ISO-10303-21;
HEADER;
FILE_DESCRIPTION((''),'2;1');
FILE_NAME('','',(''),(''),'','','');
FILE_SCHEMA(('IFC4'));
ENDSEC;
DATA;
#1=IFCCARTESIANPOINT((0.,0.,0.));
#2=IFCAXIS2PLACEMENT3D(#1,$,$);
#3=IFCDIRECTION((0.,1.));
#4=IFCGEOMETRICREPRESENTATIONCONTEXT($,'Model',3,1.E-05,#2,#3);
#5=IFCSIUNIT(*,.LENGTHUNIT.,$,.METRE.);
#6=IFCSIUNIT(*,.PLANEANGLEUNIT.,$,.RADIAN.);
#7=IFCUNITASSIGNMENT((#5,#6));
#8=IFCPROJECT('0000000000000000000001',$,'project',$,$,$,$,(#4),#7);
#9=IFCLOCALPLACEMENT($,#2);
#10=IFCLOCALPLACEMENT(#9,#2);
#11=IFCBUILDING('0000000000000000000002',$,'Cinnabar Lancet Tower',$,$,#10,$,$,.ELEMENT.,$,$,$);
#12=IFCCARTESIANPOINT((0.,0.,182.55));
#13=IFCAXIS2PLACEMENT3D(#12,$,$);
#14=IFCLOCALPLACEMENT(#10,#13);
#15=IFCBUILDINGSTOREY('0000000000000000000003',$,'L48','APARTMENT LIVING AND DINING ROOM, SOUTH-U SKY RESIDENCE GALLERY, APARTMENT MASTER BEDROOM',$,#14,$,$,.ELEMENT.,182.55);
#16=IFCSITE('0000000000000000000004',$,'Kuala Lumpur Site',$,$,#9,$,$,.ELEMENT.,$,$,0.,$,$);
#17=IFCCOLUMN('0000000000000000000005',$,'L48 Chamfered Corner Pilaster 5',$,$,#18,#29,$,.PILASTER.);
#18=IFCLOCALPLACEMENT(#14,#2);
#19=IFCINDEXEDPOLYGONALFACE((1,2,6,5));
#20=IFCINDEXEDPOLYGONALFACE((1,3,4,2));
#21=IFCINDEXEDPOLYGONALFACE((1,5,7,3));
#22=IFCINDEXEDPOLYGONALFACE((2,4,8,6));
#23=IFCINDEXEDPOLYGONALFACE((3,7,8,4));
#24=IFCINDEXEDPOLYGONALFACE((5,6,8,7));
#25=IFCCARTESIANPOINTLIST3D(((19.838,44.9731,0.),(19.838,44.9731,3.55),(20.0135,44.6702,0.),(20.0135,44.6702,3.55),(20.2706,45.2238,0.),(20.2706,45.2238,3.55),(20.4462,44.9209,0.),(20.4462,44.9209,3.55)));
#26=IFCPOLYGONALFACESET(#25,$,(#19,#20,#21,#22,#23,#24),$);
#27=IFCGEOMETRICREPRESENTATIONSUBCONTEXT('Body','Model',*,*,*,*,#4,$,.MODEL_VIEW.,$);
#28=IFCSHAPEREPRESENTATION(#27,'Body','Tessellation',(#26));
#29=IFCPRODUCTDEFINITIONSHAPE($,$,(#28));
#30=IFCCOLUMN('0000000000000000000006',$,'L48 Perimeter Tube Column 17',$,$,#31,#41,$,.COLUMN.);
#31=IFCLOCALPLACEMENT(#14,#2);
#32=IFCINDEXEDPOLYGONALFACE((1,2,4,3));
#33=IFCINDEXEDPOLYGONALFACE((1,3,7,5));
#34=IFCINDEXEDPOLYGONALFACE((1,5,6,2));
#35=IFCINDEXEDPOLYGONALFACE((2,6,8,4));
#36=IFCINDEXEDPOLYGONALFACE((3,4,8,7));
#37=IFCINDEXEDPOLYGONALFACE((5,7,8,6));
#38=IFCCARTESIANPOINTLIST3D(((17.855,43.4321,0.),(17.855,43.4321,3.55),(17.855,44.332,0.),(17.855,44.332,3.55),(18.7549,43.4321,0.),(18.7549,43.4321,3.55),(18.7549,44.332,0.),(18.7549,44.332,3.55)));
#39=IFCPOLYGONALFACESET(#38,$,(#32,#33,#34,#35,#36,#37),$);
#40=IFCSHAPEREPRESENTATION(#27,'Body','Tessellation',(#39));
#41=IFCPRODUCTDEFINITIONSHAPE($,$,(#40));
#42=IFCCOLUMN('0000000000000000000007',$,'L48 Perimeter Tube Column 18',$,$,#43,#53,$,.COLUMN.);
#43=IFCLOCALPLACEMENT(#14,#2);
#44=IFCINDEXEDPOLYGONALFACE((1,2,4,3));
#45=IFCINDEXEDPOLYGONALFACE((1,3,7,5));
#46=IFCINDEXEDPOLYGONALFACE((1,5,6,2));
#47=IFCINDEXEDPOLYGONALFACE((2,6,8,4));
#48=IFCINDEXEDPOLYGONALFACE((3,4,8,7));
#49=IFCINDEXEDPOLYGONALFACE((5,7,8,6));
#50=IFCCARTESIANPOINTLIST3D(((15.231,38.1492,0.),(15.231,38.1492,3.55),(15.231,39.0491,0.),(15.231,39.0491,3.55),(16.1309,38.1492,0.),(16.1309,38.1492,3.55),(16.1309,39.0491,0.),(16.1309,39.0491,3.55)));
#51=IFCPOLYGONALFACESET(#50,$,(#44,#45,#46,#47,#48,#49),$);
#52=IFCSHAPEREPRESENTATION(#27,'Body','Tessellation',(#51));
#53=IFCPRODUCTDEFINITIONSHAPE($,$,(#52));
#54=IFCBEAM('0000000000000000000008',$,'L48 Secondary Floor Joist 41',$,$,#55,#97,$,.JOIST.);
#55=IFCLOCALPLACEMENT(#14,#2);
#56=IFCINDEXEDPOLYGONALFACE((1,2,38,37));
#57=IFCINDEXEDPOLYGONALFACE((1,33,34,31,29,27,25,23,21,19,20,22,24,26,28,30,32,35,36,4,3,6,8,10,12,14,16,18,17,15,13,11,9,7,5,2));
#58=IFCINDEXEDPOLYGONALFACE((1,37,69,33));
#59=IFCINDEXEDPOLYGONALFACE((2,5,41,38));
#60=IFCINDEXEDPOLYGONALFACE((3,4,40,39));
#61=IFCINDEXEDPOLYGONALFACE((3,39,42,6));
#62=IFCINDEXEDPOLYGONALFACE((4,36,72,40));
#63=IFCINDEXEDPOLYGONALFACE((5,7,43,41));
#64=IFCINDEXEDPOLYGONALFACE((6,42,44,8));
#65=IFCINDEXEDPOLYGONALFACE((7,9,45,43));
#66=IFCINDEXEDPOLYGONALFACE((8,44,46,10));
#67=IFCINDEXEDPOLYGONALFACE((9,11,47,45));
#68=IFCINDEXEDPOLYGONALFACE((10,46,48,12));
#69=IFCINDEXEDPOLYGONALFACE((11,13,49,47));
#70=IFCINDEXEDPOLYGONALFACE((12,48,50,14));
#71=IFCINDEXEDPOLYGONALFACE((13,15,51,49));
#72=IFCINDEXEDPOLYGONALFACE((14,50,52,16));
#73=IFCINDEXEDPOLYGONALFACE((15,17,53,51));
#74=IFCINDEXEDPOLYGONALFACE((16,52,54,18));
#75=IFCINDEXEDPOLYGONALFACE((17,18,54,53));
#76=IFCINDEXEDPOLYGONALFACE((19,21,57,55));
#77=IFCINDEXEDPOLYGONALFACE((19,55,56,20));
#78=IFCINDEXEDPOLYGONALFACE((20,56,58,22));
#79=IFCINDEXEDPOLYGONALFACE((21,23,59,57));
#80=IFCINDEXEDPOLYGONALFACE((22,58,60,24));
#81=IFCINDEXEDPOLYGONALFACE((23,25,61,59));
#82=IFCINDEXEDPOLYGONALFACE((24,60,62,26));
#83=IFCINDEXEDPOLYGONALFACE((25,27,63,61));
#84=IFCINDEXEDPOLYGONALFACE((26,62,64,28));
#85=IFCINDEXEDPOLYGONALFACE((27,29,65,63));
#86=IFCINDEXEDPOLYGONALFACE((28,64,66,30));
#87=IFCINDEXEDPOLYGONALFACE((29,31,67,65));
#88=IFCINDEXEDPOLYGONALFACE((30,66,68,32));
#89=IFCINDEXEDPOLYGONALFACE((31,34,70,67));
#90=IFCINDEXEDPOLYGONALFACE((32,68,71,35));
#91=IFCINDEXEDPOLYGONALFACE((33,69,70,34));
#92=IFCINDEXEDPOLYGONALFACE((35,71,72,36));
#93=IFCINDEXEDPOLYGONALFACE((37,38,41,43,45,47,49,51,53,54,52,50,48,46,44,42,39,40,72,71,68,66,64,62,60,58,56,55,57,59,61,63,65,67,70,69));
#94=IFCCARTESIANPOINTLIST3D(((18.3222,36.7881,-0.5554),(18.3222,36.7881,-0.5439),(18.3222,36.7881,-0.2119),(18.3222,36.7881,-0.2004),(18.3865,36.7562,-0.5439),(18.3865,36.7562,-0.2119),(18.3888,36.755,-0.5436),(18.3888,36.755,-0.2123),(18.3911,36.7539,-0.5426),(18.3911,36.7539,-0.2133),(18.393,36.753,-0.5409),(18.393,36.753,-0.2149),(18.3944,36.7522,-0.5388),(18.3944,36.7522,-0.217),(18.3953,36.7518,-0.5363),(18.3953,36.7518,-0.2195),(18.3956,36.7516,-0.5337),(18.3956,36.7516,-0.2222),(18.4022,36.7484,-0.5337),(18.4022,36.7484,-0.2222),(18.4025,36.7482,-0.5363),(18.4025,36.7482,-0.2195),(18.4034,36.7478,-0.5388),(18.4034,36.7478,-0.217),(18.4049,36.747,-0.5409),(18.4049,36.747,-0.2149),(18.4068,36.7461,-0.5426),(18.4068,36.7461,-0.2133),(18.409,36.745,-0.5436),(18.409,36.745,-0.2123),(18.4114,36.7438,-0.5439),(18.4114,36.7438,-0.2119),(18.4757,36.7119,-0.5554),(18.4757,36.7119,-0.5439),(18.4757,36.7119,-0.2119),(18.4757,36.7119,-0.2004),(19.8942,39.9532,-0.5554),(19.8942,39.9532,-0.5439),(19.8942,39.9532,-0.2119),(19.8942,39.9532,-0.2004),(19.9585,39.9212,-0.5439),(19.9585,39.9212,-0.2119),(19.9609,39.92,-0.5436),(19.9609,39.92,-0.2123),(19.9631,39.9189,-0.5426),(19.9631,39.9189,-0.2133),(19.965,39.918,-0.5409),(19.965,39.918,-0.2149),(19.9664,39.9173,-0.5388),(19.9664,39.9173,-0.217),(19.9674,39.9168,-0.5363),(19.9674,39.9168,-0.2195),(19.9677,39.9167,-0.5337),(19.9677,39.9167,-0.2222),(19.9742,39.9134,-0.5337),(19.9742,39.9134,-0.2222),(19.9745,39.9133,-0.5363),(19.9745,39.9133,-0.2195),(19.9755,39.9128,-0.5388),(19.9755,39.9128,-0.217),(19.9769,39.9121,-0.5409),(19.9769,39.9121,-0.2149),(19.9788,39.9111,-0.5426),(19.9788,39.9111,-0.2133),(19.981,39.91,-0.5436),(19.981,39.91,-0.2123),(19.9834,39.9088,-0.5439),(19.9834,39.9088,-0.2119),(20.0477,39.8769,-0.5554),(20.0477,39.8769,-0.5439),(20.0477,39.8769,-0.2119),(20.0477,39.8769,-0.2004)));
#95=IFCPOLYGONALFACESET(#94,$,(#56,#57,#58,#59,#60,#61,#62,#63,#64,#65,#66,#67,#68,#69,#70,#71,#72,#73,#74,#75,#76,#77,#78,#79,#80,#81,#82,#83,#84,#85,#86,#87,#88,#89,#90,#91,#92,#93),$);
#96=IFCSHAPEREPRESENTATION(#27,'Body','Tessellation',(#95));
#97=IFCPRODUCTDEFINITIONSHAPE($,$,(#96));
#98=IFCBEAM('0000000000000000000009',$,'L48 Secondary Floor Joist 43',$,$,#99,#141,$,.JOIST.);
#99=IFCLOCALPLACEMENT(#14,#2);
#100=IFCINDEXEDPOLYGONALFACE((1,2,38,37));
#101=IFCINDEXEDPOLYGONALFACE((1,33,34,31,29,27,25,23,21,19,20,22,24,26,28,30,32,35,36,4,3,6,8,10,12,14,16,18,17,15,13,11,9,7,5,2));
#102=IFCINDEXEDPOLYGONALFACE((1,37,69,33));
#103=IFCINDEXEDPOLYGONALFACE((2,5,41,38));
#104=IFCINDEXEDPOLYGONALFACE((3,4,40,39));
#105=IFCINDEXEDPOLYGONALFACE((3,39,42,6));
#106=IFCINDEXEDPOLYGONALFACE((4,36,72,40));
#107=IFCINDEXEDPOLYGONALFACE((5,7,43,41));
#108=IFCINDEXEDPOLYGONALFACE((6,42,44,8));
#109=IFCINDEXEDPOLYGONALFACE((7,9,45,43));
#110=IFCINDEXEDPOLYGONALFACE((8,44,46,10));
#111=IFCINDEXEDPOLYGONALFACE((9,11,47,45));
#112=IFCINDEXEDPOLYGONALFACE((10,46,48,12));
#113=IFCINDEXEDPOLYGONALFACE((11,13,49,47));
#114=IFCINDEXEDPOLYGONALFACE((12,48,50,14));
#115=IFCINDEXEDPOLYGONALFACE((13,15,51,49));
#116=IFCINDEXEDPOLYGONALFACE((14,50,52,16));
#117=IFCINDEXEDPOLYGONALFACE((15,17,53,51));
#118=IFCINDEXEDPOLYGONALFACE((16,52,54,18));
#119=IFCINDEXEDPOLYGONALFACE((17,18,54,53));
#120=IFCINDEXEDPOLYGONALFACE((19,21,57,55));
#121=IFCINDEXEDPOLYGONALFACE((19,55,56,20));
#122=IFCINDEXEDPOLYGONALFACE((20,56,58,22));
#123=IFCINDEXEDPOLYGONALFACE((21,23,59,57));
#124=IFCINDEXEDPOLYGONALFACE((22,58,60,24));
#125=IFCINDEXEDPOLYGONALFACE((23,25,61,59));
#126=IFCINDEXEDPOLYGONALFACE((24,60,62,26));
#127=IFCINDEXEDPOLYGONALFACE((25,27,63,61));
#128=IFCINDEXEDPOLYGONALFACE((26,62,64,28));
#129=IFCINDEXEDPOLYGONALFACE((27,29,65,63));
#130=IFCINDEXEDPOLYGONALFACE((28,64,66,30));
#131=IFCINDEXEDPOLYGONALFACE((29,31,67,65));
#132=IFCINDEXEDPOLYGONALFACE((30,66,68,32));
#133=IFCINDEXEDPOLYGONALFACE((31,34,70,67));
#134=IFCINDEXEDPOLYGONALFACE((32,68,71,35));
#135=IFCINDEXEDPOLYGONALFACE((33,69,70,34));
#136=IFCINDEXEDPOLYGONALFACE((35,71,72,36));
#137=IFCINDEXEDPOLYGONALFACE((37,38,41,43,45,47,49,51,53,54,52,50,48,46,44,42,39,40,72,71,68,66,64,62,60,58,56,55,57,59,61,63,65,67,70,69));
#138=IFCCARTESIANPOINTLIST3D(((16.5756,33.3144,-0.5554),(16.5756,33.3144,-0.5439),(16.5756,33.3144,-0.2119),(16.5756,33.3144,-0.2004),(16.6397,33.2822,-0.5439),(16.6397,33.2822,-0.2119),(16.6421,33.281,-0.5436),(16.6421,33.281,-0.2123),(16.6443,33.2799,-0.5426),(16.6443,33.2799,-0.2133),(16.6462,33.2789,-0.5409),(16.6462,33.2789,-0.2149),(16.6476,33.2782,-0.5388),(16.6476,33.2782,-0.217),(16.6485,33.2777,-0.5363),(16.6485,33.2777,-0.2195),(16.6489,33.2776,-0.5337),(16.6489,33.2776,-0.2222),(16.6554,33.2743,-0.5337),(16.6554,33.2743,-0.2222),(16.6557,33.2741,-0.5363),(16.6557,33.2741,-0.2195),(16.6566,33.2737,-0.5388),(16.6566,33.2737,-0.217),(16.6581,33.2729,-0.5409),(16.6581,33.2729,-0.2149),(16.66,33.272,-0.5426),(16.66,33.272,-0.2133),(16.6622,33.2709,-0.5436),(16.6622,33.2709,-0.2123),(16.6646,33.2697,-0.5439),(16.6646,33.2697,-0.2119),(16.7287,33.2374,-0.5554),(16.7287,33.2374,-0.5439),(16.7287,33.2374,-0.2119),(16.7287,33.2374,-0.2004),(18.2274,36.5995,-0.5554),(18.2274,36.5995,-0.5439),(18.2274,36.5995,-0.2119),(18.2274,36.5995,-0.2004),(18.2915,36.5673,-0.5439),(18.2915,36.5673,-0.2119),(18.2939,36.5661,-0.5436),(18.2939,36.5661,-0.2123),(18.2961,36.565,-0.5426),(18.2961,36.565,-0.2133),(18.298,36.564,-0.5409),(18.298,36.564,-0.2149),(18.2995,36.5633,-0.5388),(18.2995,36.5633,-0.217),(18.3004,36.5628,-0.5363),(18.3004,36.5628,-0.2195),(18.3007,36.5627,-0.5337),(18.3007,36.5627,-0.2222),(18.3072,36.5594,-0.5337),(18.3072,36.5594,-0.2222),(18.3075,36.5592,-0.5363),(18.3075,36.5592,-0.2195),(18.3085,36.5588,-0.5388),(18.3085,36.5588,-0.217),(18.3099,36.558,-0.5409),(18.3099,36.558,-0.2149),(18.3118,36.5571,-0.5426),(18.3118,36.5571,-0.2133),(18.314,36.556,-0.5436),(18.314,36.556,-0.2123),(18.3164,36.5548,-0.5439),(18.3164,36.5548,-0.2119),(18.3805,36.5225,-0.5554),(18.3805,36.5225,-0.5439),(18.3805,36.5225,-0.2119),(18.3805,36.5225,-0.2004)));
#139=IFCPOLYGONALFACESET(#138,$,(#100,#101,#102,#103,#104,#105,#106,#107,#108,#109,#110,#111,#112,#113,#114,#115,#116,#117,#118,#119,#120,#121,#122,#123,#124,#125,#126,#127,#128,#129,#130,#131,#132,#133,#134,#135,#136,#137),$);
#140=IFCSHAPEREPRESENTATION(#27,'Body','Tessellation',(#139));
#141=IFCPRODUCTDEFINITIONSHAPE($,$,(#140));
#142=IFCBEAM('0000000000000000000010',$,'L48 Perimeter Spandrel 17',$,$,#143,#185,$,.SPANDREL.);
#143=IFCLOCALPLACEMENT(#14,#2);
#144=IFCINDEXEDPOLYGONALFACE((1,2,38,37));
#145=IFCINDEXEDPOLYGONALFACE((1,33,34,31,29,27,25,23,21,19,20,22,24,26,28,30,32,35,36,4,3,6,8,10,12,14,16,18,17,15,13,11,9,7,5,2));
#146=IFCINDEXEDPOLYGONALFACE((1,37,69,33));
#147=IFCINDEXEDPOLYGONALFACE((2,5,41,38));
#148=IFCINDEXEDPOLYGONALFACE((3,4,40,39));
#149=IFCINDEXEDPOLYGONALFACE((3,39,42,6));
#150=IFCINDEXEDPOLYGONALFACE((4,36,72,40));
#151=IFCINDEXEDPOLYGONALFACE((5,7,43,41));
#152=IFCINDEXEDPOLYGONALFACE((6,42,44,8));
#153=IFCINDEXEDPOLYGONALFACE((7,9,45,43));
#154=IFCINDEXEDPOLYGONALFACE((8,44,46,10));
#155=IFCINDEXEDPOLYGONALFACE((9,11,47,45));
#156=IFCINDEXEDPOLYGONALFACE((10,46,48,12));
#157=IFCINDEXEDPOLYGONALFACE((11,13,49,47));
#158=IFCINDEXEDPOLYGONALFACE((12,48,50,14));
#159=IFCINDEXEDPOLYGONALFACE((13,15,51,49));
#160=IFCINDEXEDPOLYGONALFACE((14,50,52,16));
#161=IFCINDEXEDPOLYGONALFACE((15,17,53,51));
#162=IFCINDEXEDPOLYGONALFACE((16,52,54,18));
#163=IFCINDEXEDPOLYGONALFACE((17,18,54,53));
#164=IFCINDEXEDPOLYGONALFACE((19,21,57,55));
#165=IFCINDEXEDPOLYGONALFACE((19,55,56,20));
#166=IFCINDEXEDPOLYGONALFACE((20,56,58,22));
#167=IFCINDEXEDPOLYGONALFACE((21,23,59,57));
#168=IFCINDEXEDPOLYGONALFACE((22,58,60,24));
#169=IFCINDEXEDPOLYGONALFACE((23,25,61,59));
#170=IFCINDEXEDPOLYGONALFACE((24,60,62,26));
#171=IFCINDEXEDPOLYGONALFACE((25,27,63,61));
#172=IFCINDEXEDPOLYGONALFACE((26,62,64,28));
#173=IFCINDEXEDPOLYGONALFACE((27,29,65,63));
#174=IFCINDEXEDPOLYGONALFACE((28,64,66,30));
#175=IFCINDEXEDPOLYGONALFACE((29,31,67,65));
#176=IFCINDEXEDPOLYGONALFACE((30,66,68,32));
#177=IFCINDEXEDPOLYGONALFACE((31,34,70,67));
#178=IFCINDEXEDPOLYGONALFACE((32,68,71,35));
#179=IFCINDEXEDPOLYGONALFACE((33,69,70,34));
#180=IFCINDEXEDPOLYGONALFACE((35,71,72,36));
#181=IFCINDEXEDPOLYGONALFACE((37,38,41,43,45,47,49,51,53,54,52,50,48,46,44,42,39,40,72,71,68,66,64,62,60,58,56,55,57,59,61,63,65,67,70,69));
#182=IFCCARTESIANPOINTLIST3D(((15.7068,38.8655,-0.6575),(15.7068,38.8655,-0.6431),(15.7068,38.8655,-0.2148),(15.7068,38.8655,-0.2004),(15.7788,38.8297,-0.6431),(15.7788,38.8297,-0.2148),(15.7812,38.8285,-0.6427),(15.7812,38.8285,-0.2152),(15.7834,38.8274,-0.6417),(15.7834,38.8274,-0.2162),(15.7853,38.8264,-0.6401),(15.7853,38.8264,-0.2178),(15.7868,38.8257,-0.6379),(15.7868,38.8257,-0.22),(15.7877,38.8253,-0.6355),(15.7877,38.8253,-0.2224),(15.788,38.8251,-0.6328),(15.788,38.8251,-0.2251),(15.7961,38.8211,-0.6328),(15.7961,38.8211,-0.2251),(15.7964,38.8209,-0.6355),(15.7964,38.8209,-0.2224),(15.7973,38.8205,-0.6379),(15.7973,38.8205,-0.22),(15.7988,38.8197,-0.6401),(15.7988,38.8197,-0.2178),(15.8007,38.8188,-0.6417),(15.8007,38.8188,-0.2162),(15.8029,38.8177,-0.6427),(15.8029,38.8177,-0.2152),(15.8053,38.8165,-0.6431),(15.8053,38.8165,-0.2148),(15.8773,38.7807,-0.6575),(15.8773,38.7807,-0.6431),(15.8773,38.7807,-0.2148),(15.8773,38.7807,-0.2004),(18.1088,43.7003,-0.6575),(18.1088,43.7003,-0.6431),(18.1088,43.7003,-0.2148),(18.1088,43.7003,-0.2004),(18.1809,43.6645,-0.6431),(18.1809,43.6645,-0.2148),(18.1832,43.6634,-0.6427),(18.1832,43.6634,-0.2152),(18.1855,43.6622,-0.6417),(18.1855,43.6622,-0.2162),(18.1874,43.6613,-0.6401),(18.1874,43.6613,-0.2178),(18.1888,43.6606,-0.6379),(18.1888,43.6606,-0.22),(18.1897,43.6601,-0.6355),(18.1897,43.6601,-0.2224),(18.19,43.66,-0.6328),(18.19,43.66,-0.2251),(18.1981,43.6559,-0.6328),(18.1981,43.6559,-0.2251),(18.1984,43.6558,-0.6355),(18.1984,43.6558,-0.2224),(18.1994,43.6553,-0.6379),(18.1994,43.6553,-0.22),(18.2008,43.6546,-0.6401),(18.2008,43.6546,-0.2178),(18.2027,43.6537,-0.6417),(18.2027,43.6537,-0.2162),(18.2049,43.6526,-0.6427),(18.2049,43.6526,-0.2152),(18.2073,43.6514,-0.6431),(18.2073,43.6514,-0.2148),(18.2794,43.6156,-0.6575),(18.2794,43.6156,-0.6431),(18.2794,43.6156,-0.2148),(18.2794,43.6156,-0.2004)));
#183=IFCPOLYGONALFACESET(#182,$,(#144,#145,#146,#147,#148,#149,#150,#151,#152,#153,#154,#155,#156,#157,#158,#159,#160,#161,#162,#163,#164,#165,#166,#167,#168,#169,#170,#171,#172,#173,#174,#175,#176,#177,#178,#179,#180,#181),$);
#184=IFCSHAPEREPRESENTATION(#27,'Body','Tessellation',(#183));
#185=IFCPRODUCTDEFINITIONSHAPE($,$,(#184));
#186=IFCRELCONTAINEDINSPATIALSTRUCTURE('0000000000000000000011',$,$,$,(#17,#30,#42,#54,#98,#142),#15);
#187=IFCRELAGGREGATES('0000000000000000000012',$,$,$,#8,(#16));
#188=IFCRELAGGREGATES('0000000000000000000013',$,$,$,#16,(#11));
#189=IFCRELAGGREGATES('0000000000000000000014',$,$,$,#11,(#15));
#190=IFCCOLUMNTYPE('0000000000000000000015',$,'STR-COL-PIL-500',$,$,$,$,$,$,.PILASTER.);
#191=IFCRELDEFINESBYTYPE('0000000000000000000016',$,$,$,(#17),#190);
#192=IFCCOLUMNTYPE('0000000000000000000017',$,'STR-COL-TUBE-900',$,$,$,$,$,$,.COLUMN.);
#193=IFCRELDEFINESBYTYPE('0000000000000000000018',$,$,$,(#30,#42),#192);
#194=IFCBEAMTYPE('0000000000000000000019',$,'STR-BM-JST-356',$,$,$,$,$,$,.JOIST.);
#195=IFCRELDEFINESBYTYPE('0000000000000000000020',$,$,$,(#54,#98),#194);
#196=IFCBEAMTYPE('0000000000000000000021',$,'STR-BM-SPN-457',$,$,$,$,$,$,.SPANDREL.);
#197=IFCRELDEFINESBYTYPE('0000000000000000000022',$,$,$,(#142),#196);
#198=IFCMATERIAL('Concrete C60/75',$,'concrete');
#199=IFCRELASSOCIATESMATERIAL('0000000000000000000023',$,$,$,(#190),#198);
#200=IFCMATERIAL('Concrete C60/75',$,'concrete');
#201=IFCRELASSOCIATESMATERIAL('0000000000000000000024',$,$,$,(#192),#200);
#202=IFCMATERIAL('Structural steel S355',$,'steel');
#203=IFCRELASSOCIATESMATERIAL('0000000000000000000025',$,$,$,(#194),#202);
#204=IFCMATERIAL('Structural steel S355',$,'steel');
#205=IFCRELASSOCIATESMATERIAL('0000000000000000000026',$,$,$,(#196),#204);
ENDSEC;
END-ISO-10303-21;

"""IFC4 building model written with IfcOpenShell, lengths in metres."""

from ifc_helpers import new_model, si_unit, direction, frame, origin, origin_2d, place, context, subcontext, project, spatial, rectangle, i_section, extrude, material, material_profile, profile_set, type_object, element, save


model = new_model("IFC4")

# Units and contexts
model_context = context("Model", 3, precision=1e-05, world=origin(), true_north=direction((0.0, 1.0)))
body_context = subcontext(model_context, "Body", "Model", "MODEL_VIEW")
ifc_project = project(units=[si_unit("LENGTHUNIT", "METRE"), si_unit("PLANEANGLEUNIT", "RADIAN")], contexts=[model_context])

# Site, building, storey
site_placement = place(None, origin())
site = spatial("IfcSite", under=ifc_project, at=site_placement, Name="Kuala Lumpur Site", CompositionType="ELEMENT", RefElevation=0.0)
building_placement = place(site_placement, origin())
building = spatial("IfcBuilding", under=site, at=building_placement, Name="Cinnabar Lancet Tower", CompositionType="ELEMENT")
storey_placement = place(building_placement, frame((0.0, 0.0, 182.55)))
storey = spatial("IfcBuildingStorey", under=building, at=storey_placement, Name="L48", Description="APARTMENT LIVING AND DINING ROOM, SOUTH-U SKY RESIDENCE GALLERY, APARTMENT MASTER BEDROOM", CompositionType="ELEMENT", Elevation=182.55)

# Columns
ifc_material_1 = material(Name="Concrete C60/75", Category="concrete")
ifc_material_profile_1 = material_profile(ifc_material_1, rectangle(XDim=0.5, YDim=0.3501, at=origin_2d()), Name="RC-PIL 500x350")
ifc_profile_set_1 = profile_set([ifc_material_profile_1], Name="Concrete C60/75")
column_type_1 = type_object("IfcColumnType", Name="STR-COL-PIL-500", PredefinedType="PILASTER", material=ifc_profile_set_1)
column_placement = place(storey_placement, frame((20.1421, 44.947, 0.0), z_axis=(0.0, 0.0, 1.0), x_axis=(-0.86523, -0.501375, 0.0)))
element("IfcColumn", 1, at=column_placement, inside=storey, type_object=column_type_1, Name="L48 Chamfered Corner Pilaster 5", PredefinedType="PILASTER", context=body_context, shape_type="SweptSolid", body=[
    extrude(rectangle(XDim=0.5, YDim=0.3501, at=origin_2d()), origin(), (0.0, 0.0, 1.0), 3.55),
])
ifc_material_2 = material(Name="Concrete C60/75", Category="concrete")
ifc_material_profile_2 = material_profile(ifc_material_2, rectangle(XDim=0.8999, YDim=0.8999, at=origin_2d()), Name="RC-COL 900x900")
ifc_profile_set_2 = profile_set([ifc_material_profile_2], Name="Concrete C60/75")
column_type_2 = type_object("IfcColumnType", Name="STR-COL-TUBE-900", PredefinedType="COLUMN", material=ifc_profile_set_2)
for number, where, z_axis, x_axis, name in (
    (2, (18.3049, 43.8821, 0.0), (0.0, 0.0, 1.0), (1.0, 0.0, 0.0), "L48 Perimeter Tube Column 17"),
    (3, (15.6809, 38.5991, 0.0), (0.0, 0.0, 1.0), (1.0, 0.0, 0.0), "L48 Perimeter Tube Column 18"),
):
    element("IfcColumn", number, at=place(storey_placement, frame(where, z_axis=z_axis, x_axis=x_axis)), inside=storey, type_object=column_type_2, Name=name, PredefinedType="COLUMN", context=body_context, shape_type="SweptSolid", body=[
        extrude(rectangle(XDim=0.8999, YDim=0.8999, at=origin_2d()), origin(), (0.0, 0.0, 1.0), 3.55),
    ])

# Beams
ifc_material_3 = material(Name="Structural steel S355", Category="steel")
ifc_material_profile_3 = material_profile(ifc_material_3, i_section(OverallWidth=0.1714, OverallDepth=0.355, WebThickness=0.0073, FlangeThickness=0.0115, FilletRadius=0.0103, at=origin_2d()), Name="UKB 356x171x51")
ifc_profile_set_3 = profile_set([ifc_material_profile_3], Name="Structural steel S355")
beam_type_1 = type_object("IfcBeamType", Name="STR-BM-JST-356", PredefinedType="JOIST", material=ifc_profile_set_3)
beam_1_placement = place(storey_placement, frame((19.9709, 39.915, -0.3779), z_axis=(-0.444836, -0.895612, 0.0), x_axis=(0.895612, -0.444836, 0.0)))
element("IfcBeam", 4, at=beam_1_placement, inside=storey, type_object=beam_type_1, Name="L48 Secondary Floor Joist 41", PredefinedType="JOIST", context=body_context, shape_type="SweptSolid", body=[
    extrude(i_section(OverallWidth=0.1714, OverallDepth=0.355, WebThickness=0.0073, FlangeThickness=0.0115, FilletRadius=0.0103, at=origin_2d()), origin(), (0.0, 0.0, 1.0), 3.5339),
])
beam_2_placement = place(storey_placement, frame((18.304, 36.561, -0.3779), z_axis=(-0.449231, -0.893416, 0.0), x_axis=(0.893416, -0.449231, 0.0)))
element("IfcBeam", 5, at=beam_2_placement, inside=storey, type_object=beam_type_1, Name="L48 Secondary Floor Joist 43", PredefinedType="JOIST", context=body_context, shape_type="SweptSolid", body=[
    extrude(i_section(OverallWidth=0.1714, OverallDepth=0.355, WebThickness=0.0073, FlangeThickness=0.0115, FilletRadius=0.0103, at=origin_2d()), origin(), (0.0, 0.0, 1.0), 3.677),
])
ifc_material_4 = material(Name="Structural steel S355", Category="steel")
ifc_material_profile_4 = material_profile(ifc_material_4, i_section(OverallWidth=0.1904, OverallDepth=0.457, WebThickness=0.009, FlangeThickness=0.0144, FilletRadius=0.0103, at=origin_2d()), Name="UKB 457x191x74")
ifc_profile_set_4 = profile_set([ifc_material_profile_4], Name="Structural steel S355")
beam_type_2 = type_object("IfcBeamType", Name="STR-BM-SPN-457", PredefinedType="SPANDREL", material=ifc_profile_set_4)
beam_3_placement = place(storey_placement, frame((18.1941, 43.658, -0.429), z_axis=(-0.444933, -0.895564, 0.0), x_axis=(0.895564, -0.444933, 0.0)))
element("IfcBeam", 6, at=beam_3_placement, inside=storey, type_object=beam_type_2, Name="L48 Perimeter Spandrel 17", PredefinedType="SPANDREL", context=body_context, shape_type="SweptSolid", body=[
    extrude(i_section(OverallWidth=0.1904, OverallDepth=0.457, WebThickness=0.009, FlangeThickness=0.0144, FilletRadius=0.0103, at=origin_2d()), origin(), (0.0, 0.0, 1.0), 5.3987),
])

save(model, "model.ifc")
